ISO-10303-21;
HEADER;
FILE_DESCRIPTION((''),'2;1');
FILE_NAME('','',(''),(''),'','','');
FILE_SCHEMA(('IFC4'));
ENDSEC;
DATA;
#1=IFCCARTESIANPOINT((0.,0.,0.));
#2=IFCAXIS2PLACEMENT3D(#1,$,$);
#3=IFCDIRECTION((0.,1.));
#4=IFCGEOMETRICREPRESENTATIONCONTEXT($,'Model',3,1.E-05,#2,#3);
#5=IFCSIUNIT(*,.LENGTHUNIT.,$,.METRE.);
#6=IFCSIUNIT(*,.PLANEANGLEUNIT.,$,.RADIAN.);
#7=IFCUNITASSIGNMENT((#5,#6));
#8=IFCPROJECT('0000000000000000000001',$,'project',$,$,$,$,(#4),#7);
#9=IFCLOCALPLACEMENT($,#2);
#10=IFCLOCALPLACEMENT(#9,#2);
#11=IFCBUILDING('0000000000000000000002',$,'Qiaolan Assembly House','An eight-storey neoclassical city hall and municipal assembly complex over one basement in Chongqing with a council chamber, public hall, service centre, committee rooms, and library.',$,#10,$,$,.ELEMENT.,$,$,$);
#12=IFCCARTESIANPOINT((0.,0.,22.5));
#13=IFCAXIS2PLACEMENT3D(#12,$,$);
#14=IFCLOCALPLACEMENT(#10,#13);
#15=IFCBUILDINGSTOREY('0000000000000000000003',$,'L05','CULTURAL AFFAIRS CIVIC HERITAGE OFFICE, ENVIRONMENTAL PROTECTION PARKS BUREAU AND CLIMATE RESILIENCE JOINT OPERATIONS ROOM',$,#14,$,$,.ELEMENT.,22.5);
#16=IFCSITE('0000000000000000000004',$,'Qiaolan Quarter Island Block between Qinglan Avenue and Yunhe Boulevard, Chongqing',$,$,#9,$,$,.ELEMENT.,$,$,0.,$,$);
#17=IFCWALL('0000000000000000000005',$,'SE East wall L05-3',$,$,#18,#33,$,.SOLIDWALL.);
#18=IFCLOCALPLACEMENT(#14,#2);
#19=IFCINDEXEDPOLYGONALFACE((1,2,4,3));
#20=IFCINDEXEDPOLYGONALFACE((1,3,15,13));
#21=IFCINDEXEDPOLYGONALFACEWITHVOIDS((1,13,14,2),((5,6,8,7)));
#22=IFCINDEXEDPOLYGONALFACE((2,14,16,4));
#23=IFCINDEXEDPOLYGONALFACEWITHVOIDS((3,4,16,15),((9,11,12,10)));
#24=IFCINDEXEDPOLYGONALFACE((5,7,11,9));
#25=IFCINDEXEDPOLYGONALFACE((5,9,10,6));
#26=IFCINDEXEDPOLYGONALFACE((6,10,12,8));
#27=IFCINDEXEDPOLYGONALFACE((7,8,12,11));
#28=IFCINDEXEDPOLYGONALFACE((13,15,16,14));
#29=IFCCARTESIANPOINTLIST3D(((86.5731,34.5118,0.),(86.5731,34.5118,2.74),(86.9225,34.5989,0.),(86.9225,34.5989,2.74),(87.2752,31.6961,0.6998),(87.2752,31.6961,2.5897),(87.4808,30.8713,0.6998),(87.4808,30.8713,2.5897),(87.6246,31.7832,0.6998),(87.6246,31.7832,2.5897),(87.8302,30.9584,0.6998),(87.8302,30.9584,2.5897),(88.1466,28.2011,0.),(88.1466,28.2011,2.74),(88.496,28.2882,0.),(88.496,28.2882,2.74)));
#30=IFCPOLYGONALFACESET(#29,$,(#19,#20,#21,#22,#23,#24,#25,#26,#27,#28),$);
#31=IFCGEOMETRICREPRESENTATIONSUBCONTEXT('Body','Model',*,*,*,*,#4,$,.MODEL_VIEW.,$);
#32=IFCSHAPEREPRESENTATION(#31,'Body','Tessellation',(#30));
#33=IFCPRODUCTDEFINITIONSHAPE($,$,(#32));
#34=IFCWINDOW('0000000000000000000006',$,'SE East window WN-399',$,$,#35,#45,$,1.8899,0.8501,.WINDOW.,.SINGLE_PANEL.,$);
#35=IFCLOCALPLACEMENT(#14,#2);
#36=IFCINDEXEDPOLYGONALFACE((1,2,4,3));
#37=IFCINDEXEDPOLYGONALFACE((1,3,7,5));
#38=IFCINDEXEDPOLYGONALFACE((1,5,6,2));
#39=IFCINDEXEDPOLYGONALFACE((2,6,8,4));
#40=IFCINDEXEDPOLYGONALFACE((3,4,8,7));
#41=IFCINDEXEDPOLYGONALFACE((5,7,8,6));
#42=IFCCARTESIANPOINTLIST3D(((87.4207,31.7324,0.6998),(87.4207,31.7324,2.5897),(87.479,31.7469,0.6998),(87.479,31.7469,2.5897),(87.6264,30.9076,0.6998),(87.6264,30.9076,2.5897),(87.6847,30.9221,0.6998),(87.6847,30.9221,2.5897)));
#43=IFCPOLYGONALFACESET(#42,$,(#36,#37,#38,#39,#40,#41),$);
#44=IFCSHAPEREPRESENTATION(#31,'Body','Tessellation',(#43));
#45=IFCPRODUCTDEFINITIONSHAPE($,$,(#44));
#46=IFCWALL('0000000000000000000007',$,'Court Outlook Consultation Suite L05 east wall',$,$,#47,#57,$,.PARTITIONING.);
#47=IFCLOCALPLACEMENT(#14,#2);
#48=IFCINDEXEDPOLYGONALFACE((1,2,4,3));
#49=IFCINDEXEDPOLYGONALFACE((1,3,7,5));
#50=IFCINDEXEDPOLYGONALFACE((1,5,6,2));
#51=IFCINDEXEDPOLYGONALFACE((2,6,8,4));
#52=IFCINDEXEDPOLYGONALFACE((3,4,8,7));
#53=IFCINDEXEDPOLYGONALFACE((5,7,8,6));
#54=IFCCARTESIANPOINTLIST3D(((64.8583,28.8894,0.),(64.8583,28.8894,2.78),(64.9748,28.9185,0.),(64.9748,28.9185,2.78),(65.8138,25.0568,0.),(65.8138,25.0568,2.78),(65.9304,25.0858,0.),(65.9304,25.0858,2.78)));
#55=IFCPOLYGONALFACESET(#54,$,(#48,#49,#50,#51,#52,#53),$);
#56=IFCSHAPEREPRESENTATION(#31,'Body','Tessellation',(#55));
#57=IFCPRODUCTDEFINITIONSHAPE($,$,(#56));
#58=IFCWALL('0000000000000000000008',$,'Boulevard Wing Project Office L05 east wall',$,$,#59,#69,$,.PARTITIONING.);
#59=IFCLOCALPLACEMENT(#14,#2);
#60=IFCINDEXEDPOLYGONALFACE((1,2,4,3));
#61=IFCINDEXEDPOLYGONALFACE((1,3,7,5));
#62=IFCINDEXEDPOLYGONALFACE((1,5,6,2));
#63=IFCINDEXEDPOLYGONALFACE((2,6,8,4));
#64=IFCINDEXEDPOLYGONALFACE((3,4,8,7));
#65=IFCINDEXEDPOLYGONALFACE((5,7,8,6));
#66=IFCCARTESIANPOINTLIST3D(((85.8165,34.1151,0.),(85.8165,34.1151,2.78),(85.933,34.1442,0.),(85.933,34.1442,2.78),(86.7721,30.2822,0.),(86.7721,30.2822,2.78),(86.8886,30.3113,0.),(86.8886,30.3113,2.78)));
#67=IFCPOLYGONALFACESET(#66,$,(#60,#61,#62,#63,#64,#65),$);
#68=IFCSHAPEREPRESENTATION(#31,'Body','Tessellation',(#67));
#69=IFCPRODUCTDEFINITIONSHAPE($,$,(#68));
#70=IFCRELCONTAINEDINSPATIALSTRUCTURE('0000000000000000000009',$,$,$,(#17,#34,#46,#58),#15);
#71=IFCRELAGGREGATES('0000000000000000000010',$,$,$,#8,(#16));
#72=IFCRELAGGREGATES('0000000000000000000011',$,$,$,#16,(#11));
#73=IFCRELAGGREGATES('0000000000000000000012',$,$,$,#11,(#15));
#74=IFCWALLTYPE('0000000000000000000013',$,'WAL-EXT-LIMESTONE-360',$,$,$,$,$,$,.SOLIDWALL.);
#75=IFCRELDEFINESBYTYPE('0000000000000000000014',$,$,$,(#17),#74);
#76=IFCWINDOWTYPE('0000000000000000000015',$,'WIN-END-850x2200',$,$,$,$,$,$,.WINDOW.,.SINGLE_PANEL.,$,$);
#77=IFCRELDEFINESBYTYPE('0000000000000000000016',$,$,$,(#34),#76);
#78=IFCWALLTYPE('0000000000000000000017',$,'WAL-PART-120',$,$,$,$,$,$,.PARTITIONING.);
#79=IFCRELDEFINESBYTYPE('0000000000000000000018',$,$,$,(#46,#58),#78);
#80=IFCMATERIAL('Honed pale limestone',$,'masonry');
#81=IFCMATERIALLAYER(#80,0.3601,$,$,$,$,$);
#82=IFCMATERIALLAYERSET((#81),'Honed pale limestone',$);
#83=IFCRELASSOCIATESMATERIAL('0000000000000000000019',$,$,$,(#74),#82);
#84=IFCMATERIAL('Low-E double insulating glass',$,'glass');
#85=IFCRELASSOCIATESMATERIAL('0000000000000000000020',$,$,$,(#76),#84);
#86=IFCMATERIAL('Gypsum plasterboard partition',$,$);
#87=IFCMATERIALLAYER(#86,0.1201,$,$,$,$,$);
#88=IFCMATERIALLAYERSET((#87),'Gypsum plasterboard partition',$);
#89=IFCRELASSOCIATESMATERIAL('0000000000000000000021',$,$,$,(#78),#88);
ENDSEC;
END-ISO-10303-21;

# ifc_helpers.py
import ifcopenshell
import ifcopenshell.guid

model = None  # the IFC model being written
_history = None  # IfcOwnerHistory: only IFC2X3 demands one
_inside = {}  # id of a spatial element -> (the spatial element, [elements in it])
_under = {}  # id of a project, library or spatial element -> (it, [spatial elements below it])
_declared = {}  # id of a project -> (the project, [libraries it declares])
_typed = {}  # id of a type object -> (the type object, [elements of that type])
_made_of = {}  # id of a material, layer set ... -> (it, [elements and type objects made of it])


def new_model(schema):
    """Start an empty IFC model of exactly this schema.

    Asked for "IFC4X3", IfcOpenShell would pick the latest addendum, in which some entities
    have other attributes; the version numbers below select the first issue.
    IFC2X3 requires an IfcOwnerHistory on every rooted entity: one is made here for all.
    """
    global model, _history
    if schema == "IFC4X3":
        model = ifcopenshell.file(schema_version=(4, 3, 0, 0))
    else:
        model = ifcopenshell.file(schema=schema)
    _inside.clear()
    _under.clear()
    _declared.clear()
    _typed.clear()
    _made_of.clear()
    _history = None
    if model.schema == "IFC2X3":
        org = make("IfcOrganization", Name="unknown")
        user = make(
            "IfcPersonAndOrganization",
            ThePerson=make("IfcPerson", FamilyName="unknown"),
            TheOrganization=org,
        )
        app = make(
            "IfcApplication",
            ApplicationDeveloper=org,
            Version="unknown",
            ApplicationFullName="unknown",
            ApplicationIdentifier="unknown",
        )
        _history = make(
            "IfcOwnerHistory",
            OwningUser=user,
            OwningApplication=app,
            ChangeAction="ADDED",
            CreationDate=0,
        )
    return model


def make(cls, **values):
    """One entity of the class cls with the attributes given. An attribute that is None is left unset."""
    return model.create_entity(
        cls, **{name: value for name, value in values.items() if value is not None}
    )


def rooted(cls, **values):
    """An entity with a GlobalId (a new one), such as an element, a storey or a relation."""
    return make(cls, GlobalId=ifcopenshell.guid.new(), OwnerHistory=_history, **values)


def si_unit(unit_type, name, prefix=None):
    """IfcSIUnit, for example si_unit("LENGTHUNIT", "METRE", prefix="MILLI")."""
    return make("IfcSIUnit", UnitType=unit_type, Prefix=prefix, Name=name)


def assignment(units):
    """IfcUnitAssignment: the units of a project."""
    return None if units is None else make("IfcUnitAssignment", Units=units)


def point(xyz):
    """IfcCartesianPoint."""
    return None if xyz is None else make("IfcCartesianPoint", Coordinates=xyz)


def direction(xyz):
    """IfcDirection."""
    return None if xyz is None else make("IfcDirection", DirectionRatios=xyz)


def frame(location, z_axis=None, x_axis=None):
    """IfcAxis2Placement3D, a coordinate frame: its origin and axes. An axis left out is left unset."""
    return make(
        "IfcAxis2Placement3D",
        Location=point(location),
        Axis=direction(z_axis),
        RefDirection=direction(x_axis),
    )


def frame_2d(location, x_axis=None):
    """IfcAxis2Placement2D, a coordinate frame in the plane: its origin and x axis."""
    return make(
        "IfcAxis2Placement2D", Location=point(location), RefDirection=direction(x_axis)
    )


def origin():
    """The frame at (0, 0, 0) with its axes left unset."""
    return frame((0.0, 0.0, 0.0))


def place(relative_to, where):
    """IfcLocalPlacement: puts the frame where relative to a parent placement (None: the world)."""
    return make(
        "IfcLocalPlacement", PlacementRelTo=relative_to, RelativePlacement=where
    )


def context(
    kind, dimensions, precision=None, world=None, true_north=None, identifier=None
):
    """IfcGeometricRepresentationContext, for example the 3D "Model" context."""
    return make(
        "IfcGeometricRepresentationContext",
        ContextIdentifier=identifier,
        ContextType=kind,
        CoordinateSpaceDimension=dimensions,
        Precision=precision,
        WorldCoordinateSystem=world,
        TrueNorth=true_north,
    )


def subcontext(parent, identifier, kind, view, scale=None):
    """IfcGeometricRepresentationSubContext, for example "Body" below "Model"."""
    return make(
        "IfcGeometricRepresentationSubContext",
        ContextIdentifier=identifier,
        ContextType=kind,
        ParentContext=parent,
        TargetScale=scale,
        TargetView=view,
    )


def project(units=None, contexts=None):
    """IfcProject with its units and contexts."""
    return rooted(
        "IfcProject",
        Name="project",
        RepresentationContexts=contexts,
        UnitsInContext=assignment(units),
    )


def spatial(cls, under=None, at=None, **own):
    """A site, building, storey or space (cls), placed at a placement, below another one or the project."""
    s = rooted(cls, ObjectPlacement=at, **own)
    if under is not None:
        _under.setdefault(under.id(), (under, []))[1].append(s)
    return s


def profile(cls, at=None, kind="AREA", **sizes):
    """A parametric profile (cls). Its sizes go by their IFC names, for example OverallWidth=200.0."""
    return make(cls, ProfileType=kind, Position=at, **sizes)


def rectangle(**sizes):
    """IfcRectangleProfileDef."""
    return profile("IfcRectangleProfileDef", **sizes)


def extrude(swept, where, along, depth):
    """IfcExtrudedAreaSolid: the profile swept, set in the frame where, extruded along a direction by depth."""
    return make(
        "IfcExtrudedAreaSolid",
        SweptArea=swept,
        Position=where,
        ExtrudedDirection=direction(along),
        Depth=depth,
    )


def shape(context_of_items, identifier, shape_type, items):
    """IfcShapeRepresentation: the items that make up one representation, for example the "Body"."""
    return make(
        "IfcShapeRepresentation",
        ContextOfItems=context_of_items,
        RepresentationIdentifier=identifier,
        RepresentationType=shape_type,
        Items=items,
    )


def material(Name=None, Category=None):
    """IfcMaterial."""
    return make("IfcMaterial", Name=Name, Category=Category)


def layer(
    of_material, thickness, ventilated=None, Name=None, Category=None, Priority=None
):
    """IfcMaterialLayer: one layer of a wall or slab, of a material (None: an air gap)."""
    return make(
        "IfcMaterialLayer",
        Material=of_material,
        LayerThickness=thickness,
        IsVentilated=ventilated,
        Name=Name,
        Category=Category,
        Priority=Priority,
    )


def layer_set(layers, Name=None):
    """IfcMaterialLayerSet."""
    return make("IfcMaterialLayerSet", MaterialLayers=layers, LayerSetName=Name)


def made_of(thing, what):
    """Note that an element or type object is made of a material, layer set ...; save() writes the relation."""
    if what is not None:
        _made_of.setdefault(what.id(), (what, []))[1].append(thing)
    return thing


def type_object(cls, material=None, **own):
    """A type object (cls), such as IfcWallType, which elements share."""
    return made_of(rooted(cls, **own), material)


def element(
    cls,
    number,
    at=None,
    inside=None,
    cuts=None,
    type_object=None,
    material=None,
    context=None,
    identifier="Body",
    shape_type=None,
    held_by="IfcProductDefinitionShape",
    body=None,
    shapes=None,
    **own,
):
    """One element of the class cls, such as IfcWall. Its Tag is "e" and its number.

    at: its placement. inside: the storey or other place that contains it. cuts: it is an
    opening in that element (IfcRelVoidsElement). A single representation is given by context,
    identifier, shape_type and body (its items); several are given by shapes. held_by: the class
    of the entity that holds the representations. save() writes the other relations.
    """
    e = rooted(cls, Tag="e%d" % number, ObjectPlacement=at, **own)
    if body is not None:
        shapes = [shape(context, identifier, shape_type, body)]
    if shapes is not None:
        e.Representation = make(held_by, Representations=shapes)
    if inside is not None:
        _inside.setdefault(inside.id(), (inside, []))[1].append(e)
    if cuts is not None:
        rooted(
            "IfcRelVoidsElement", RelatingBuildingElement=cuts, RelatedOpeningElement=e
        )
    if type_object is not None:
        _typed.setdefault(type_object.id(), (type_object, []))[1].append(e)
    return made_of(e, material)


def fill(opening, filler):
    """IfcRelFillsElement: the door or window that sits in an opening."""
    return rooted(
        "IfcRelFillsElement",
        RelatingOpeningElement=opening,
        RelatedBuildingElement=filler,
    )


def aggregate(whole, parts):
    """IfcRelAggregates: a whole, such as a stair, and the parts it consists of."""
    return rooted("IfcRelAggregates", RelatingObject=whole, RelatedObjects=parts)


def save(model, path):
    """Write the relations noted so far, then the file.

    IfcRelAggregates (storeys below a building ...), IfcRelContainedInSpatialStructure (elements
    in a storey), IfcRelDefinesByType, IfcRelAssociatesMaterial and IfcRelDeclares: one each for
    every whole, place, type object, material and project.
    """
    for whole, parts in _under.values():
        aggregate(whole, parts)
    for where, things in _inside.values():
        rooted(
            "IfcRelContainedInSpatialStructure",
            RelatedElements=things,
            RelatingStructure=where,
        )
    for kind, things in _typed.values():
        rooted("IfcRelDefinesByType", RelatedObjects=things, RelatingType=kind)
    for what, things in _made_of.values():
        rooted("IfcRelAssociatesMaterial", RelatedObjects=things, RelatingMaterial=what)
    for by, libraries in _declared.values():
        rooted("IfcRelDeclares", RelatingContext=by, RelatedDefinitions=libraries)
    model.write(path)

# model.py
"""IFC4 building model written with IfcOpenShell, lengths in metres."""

from ifc_helpers import new_model, si_unit, direction, frame, frame_2d, origin, place, context, subcontext, project, spatial, rectangle, extrude, material, layer, layer_set, type_object, element, fill, save


model = new_model("IFC4")

# Units and contexts
model_context = context("Model", 3, precision=1e-05, world=origin(), true_north=direction((0.0, 1.0)))
body_context = subcontext(model_context, "Body", "Model", "MODEL_VIEW")
ifc_project = project(units=[si_unit("LENGTHUNIT", "METRE"), si_unit("PLANEANGLEUNIT", "RADIAN")], contexts=[model_context])

# Site, building, storey
site_placement = place(None, origin())
site = spatial("IfcSite", under=ifc_project, at=site_placement, Name="Qiaolan Quarter Island Block between Qinglan Avenue and Yunhe Boulevard, Chongqing", CompositionType="ELEMENT", RefElevation=0.0)
building_placement = place(site_placement, origin())
building = spatial("IfcBuilding", under=site, at=building_placement, Name="Qiaolan Assembly House", Description="An eight-storey neoclassical city hall and municipal assembly complex over one basement in Chongqing with a council chamber, public hall, service centre, committee rooms, and library.", CompositionType="ELEMENT")
storey_placement = place(building_placement, frame((0.0, 0.0, 22.5)))
storey = spatial("IfcBuildingStorey", under=building, at=storey_placement, Name="L05", Description="CULTURAL AFFAIRS CIVIC HERITAGE OFFICE, ENVIRONMENTAL PROTECTION PARKS BUREAU AND CLIMATE RESILIENCE JOINT OPERATIONS ROOM", CompositionType="ELEMENT", Elevation=22.5)

# Shared definitions
ifc_material_1 = material(Name="Honed pale limestone", Category="masonry")
ifc_layer_1 = layer(ifc_material_1, 0.3601)
ifc_layer_set_1 = layer_set([ifc_layer_1], Name="Honed pale limestone")
wall_type_1 = type_object("IfcWallType", Name="WAL-EXT-LIMESTONE-360", PredefinedType="SOLIDWALL", material=ifc_layer_set_1)
ifc_material_2 = material(Name="Low-E double insulating glass", Category="glass")

# Wall, opening, window
wall_1_placement = place(storey_placement, frame((88.3213, 28.2446, 0.0), z_axis=(0.0, 0.0, 1.0), x_axis=(-0.241926, 0.970295, 0.0)))
wall_1 = element("IfcWall", 1, at=wall_1_placement, inside=storey, type_object=wall_type_1, Name="SE East wall L05-3", PredefinedType="SOLIDWALL", context=body_context, shape_type="SweptSolid", body=[
    extrude(rectangle(XDim=6.5039, YDim=0.3601, at=frame_2d((3.252, 0.0))), origin(), (0.0, 0.0, 1.0), 2.74),
])
opening_1_placement = place(wall_1_placement, frame((2.752, 0.0, 0.7)))
opening_1 = element("IfcOpeningElement", 2, at=opening_1_placement, cuts=wall_1, PredefinedType="OPENING", context=body_context, shape_type="SweptSolid", body=[
    extrude(rectangle(XDim=0.8501, YDim=1.8899, at=frame_2d((0.425, 0.9448))), frame((0.0, 0.1899, 0.0), z_axis=(0.0, -1.0, 0.0), x_axis=(1.0, 0.0, 0.0)), (0.0, 0.0, 1.0), 0.3801),
])
window_type_1 = type_object("IfcWindowType", Name="WIN-END-850x2200", PartitioningType="SINGLE_PANEL", PredefinedType="WINDOW", material=ifc_material_2)
window_1_placement = place(opening_1_placement, origin())
window_1 = element("IfcWindow", 3, at=window_1_placement, inside=storey, type_object=window_type_1, Name="SE East window WN-399", OverallHeight=1.8899, OverallWidth=0.8501, PartitioningType="SINGLE_PANEL", PredefinedType="WINDOW", context=body_context, shape_type="SweptSolid", body=[
    extrude(rectangle(XDim=0.8501, YDim=1.8899, at=frame_2d((0.425, 0.9448))), frame((0.0, 0.03, 0.0), z_axis=(0.0, -1.0, 0.0), x_axis=(1.0, 0.0, 0.0)), (0.0, 0.0, 1.0), 0.0601),
])
fill(opening_1, window_1)

# Walls
ifc_material_3 = material(Name="Gypsum plasterboard partition")
ifc_layer_2 = layer(ifc_material_3, 0.1201)
ifc_layer_set_2 = layer_set([ifc_layer_2], Name="Gypsum plasterboard partition")
wall_type_2 = type_object("IfcWallType", Name="WAL-PART-120", PredefinedType="PARTITIONING", material=ifc_layer_set_2)
wall_2_placement = place(storey_placement, frame((64.9165, 28.9041, 0.0), z_axis=(0.0, 0.0, 1.0), x_axis=(0.241925, -0.970295, 0.0)))
element("IfcWall", 4, at=wall_2_placement, inside=storey, type_object=wall_type_2, Name="Court Outlook Consultation Suite L05 east wall", PredefinedType="PARTITIONING", context=body_context, shape_type="SweptSolid", body=[
    extrude(rectangle(XDim=3.95, YDim=0.1201, at=frame_2d((1.9751, 0.0))), origin(), (0.0, 0.0, 1.0), 2.78),
])
wall_3_placement = place(storey_placement, frame((85.8748, 34.1296, 0.0), z_axis=(0.0, 0.0, 1.0), x_axis=(0.24191, -0.970299, 0.0)))
element("IfcWall", 5, at=wall_3_placement, inside=storey, type_object=wall_type_2, Name="Boulevard Wing Project Office L05 east wall", PredefinedType="PARTITIONING", context=body_context, shape_type="SweptSolid", body=[
    extrude(rectangle(XDim=3.9502, YDim=0.1201, at=frame_2d((1.9751, 0.0))), origin(), (0.0, 0.0, 1.0), 2.78),
])

save(model, "model.ifc")
